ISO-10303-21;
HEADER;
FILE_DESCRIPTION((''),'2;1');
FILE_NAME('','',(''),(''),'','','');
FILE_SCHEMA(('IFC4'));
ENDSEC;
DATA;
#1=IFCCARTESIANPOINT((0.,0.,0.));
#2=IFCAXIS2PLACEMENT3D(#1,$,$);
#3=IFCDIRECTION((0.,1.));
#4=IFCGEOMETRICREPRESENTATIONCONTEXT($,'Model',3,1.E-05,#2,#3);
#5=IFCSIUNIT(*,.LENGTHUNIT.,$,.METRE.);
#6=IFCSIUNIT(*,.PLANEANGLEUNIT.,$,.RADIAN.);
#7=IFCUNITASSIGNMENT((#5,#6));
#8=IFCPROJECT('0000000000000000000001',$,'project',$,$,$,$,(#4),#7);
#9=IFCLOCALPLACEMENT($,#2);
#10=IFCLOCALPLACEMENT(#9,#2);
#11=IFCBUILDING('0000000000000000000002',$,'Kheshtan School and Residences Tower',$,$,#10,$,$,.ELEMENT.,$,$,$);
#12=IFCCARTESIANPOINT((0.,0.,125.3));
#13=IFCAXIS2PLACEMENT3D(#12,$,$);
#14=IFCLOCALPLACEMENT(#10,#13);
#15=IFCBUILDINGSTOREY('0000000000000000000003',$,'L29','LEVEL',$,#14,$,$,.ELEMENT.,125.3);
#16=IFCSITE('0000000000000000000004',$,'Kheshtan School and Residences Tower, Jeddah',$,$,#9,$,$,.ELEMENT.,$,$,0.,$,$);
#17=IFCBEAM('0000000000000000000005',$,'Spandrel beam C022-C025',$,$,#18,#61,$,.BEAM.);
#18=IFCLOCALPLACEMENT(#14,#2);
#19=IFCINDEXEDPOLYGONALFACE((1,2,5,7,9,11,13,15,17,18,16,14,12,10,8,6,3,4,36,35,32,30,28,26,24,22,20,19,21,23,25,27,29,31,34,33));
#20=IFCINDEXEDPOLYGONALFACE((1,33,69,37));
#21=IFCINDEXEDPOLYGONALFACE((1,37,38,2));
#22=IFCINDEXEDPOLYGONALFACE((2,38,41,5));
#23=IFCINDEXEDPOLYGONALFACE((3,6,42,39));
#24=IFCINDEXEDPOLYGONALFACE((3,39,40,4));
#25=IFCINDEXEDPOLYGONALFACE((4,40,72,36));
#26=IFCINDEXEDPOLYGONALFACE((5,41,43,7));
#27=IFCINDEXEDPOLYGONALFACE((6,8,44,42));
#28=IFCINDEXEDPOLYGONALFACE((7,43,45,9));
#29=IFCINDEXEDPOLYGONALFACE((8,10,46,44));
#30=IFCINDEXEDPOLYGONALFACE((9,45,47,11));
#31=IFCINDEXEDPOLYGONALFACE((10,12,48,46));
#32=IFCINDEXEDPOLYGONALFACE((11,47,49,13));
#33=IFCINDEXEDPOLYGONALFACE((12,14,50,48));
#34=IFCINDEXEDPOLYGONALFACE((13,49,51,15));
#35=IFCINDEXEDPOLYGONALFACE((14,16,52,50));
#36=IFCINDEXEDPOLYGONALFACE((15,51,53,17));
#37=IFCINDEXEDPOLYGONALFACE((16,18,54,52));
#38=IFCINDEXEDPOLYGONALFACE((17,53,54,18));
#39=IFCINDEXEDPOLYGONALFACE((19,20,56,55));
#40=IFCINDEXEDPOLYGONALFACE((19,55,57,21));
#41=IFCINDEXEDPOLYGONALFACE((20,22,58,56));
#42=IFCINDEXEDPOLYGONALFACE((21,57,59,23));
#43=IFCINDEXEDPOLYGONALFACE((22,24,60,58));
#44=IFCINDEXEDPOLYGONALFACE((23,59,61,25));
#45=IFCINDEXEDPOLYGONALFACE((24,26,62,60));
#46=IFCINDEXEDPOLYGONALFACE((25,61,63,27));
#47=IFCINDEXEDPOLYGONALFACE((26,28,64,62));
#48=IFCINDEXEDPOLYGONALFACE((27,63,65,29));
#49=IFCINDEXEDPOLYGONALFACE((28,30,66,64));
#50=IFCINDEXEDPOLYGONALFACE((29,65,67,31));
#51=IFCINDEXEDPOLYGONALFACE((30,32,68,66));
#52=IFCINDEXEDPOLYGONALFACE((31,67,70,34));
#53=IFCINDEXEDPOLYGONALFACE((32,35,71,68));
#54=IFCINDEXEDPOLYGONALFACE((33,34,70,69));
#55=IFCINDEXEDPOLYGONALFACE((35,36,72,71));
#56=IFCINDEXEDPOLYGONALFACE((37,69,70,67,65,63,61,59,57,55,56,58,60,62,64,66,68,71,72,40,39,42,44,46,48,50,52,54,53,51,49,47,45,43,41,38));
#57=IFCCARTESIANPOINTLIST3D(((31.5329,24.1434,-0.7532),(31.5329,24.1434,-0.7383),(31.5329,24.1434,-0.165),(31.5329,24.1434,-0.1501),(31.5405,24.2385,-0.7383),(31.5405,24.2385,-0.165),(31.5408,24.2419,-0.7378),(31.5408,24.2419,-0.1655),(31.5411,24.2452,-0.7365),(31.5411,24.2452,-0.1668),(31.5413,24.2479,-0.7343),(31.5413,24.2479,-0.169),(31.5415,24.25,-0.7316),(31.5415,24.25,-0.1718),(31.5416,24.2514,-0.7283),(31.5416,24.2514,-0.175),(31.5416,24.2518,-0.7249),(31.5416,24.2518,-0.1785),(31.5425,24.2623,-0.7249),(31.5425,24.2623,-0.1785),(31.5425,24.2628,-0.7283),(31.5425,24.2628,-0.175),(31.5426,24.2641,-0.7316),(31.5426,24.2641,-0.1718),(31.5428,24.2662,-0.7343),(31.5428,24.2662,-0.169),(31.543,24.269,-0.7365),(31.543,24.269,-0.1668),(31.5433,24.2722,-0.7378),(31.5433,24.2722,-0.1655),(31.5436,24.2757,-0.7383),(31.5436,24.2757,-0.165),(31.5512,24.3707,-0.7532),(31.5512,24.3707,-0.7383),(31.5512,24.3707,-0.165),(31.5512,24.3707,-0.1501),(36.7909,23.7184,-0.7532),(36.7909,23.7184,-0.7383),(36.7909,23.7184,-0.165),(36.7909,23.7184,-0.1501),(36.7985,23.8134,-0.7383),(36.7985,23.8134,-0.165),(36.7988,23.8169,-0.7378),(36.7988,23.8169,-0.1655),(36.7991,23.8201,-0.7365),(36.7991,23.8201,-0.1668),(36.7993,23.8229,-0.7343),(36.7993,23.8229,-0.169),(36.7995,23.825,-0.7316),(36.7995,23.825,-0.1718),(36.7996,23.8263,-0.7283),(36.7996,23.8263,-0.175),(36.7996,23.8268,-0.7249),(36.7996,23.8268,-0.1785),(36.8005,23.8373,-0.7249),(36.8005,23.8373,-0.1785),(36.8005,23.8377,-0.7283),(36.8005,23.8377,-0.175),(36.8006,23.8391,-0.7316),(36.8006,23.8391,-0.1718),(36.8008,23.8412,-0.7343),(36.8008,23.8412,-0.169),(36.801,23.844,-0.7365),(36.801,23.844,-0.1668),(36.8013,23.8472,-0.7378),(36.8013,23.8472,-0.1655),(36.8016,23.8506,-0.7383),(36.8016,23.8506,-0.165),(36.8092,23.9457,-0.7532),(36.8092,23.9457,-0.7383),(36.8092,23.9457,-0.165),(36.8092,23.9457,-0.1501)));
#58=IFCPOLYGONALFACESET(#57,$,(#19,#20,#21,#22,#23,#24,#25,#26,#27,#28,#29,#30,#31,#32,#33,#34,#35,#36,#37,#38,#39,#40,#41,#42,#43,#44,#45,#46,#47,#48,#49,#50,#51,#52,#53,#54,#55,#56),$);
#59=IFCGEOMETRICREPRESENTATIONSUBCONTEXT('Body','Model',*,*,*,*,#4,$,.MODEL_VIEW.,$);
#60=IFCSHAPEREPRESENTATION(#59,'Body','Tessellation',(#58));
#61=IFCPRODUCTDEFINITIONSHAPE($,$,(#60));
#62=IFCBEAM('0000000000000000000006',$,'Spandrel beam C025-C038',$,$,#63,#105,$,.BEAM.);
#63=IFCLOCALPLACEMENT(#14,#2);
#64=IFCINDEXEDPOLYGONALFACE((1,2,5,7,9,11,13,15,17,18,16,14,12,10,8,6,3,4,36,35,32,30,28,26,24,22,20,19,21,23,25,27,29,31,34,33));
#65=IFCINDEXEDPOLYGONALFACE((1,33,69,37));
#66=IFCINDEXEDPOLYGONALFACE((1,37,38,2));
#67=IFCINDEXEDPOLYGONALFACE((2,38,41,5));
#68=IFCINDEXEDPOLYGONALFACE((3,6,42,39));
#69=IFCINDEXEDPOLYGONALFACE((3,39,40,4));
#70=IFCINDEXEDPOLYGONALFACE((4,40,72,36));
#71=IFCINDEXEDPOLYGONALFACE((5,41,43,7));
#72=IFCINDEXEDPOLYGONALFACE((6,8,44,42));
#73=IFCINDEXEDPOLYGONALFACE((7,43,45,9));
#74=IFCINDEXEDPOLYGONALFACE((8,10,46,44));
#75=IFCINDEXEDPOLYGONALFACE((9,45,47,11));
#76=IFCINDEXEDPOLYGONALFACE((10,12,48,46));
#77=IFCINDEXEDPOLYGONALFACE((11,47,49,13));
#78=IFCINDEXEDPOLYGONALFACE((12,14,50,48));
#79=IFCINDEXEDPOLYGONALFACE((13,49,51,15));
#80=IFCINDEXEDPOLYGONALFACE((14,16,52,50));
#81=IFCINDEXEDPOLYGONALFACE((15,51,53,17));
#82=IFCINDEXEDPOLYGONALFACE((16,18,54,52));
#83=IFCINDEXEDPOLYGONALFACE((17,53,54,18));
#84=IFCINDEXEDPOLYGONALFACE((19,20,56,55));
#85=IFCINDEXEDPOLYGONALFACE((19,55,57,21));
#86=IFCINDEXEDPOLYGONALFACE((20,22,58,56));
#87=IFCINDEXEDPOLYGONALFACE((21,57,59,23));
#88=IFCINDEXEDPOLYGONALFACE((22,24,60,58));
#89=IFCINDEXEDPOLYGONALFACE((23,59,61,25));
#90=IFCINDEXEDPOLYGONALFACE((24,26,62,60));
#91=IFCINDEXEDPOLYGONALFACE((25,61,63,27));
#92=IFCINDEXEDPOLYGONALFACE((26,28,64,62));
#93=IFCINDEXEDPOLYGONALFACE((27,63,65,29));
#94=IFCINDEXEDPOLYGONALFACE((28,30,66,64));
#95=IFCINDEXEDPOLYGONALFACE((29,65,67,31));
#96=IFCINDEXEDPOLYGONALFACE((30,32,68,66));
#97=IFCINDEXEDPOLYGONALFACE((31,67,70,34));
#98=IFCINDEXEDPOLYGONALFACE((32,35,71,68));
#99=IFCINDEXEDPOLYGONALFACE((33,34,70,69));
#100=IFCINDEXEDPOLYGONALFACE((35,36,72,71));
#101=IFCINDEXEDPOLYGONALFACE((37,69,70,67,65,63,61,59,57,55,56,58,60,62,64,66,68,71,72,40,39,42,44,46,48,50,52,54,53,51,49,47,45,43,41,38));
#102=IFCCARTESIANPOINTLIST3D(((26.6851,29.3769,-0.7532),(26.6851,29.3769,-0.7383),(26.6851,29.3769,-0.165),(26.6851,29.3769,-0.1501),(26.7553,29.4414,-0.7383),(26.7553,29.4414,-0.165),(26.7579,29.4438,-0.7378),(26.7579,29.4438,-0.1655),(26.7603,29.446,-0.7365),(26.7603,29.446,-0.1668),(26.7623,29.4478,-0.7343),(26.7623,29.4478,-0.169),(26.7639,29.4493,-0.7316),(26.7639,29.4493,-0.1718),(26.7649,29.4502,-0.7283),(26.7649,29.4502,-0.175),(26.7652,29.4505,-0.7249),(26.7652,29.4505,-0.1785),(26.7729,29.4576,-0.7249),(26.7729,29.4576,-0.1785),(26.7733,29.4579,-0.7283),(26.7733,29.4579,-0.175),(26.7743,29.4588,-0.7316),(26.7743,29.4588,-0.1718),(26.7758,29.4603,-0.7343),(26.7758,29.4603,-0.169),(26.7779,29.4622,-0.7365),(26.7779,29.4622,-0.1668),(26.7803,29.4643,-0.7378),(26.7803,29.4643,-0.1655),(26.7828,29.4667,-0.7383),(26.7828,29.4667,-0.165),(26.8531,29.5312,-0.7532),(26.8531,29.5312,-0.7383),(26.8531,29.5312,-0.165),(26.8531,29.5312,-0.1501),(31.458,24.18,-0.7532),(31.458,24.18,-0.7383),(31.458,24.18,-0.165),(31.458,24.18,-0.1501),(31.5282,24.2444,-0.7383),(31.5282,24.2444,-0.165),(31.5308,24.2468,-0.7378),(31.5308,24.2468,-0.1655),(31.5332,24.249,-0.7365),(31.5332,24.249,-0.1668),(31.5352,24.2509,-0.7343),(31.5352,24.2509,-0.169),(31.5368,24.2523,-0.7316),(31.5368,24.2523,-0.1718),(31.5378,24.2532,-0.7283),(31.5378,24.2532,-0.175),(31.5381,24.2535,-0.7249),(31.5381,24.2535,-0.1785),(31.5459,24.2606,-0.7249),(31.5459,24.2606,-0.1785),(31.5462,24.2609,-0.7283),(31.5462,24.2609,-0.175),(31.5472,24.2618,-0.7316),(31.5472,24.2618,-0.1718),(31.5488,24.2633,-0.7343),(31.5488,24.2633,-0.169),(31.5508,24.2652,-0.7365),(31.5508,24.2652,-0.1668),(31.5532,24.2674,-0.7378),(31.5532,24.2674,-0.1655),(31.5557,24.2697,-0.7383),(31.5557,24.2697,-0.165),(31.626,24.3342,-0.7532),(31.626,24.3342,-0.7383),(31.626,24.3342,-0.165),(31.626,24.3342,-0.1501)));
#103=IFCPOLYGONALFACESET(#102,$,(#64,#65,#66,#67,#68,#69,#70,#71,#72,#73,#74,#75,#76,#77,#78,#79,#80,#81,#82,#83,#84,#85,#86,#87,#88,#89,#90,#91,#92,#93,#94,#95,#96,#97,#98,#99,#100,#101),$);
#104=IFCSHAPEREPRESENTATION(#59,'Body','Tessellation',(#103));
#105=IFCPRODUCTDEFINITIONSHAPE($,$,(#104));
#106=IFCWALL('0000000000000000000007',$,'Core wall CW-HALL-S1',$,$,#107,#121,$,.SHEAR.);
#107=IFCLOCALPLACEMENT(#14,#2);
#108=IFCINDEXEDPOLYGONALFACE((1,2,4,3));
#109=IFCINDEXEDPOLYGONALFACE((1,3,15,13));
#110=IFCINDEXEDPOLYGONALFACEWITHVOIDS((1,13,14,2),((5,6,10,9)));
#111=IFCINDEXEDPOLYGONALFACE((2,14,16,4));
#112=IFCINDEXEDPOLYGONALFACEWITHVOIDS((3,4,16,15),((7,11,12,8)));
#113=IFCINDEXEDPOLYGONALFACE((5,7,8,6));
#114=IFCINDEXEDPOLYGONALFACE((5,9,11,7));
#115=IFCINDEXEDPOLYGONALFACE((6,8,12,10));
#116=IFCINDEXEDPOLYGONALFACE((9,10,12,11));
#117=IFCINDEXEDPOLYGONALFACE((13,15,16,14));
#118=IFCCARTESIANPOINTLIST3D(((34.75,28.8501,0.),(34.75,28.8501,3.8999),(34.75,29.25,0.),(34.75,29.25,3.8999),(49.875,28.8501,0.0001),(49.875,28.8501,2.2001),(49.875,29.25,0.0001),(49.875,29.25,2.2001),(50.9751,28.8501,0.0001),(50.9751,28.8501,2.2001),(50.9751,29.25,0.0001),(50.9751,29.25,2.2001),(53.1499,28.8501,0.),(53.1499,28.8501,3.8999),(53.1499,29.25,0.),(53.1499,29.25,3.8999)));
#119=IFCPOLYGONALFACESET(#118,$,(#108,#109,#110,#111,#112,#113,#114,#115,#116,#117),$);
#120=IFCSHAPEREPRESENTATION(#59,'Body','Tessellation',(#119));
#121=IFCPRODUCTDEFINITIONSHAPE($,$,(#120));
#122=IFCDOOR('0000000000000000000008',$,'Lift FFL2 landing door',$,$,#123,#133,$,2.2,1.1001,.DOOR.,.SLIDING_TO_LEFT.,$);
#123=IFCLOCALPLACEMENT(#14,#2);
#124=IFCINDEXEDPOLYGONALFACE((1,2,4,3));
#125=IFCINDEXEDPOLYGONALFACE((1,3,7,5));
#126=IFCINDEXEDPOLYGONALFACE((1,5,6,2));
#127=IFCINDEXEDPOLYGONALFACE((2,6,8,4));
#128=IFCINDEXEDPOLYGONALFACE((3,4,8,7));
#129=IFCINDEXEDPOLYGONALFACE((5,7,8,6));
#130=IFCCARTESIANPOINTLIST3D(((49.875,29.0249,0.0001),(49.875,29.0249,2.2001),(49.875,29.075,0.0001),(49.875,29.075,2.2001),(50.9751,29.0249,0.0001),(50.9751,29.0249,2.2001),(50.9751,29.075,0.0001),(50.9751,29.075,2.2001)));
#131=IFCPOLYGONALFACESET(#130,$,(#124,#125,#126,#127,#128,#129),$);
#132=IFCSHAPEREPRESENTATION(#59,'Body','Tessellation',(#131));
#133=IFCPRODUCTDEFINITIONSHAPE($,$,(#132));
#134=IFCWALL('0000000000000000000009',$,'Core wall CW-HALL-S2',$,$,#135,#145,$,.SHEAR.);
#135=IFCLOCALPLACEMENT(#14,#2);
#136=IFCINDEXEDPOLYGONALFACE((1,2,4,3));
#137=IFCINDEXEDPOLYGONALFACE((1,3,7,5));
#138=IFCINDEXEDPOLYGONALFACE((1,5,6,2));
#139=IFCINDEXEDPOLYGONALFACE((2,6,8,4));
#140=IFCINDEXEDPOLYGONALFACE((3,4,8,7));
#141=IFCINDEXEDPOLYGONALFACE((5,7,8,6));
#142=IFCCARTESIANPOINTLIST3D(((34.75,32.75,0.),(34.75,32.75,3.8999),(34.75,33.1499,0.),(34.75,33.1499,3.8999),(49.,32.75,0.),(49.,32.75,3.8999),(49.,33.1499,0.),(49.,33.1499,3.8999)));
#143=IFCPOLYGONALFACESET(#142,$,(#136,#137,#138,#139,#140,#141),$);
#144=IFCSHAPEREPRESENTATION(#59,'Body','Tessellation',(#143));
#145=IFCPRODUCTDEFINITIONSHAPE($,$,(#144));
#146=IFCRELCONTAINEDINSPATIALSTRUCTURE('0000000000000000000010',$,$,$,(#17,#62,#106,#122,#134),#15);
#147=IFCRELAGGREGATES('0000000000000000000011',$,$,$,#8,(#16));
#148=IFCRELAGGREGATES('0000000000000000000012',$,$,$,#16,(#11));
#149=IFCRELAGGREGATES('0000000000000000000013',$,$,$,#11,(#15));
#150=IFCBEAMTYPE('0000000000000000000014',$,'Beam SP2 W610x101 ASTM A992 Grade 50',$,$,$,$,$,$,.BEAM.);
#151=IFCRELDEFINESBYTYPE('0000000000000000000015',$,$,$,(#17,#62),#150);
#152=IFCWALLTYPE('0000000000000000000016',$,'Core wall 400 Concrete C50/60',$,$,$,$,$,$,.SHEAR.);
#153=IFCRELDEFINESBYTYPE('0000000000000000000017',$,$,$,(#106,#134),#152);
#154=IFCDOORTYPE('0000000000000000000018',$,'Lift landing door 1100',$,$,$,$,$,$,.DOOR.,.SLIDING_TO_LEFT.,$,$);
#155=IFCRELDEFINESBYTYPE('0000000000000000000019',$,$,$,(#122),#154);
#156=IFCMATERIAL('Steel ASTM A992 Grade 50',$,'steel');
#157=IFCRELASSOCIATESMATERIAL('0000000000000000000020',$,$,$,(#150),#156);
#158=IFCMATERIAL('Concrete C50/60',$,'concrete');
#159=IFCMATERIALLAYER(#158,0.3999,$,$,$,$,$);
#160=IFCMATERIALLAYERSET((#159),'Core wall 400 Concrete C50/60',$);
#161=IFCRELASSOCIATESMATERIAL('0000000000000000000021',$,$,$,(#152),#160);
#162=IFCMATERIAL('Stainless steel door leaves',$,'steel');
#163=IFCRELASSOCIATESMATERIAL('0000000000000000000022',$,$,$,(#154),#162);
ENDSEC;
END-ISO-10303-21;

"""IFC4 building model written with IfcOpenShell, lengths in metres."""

from ifc_helpers import new_model, si_unit, direction, frame, frame_2d, origin, origin_2d, place, context, subcontext, project, spatial, rectangle, i_section, extrude, source, transform, mapped, material, layer, layer_set, material_profile, profile_set, type_object, element, fill, save


model = new_model("IFC4")

# Units and contexts
model_context = context("Model", 3, precision=1e-05, world=origin(), true_north=direction((0.0, 1.0)))
body_context = subcontext(model_context, "Body", "Model", "MODEL_VIEW")
ifc_project = project(units=[si_unit("LENGTHUNIT", "METRE"), si_unit("PLANEANGLEUNIT", "RADIAN")], contexts=[model_context])

# Site, building, storey
site_placement = place(None, origin())
site = spatial("IfcSite", under=ifc_project, at=site_placement, Name="Kheshtan School and Residences Tower, Jeddah", CompositionType="ELEMENT", RefElevation=0.0)
building_placement = place(site_placement, origin())
building = spatial("IfcBuilding", under=site, at=building_placement, Name="Kheshtan School and Residences Tower", CompositionType="ELEMENT")
storey_placement = place(building_placement, frame((0.0, 0.0, 125.3)))
storey = spatial("IfcBuildingStorey", under=building, at=storey_placement, Name="L29", Description="LEVEL", CompositionType="ELEMENT", Elevation=125.3)

# Shared definitions
ifc_material_1 = material(Name="Steel ASTM A992 Grade 50", Category="steel")

# Beams
ifc_material_profile_1 = material_profile(ifc_material_1, i_section(OverallWidth=0.228, OverallDepth=0.603, WebThickness=0.0105, FlangeThickness=0.0149, FilletRadius=0.0134, at=origin_2d()), Name="W610x101")
ifc_profile_set_1 = profile_set([ifc_material_profile_1], Name="Steel ASTM A992 Grade 50")
beam_type_1 = type_object("IfcBeamType", Name="Beam SP2 W610x101 ASTM A992 Grade 50", PredefinedType="BEAM", material=ifc_profile_set_1)
beam_1_placement = place(storey_placement, frame((36.8, 23.832, -0.4517), z_axis=(-0.996749, 0.080575, 0.0), x_axis=(-0.080575, -0.996749, 0.0)))
element("IfcBeam", 1, at=beam_1_placement, inside=storey, type_object=beam_type_1, Name="Spandrel beam C022-C025", PredefinedType="BEAM", context=body_context, shape_type="SweptSolid", body=[
    extrude(i_section(OverallWidth=0.228, OverallDepth=0.603, WebThickness=0.0105, FlangeThickness=0.0149, FilletRadius=0.0134, at=origin_2d()), origin(), (0.0, 0.0, 1.0), 5.2751),
])
beam_2_placement = place(storey_placement, frame((31.542, 24.2571, -0.4517), z_axis=(-0.676418, 0.736518, 0.0), x_axis=(-0.736518, -0.676418, 0.0)))
element("IfcBeam", 2, at=beam_2_placement, inside=storey, type_object=beam_type_1, Name="Spandrel beam C025-C038", PredefinedType="BEAM", context=body_context, shape_type="SweptSolid", body=[
    extrude(i_section(OverallWidth=0.228, OverallDepth=0.603, WebThickness=0.0105, FlangeThickness=0.0149, FilletRadius=0.0134, at=origin_2d()), origin(), (0.0, 0.0, 1.0), 7.0562),
])

# Wall, opening, door
ifc_material_2 = material(Name="Concrete C50/60", Category="concrete")
ifc_layer_1 = layer(ifc_material_2, 0.3999)
ifc_layer_set_1 = layer_set([ifc_layer_1], Name="Core wall 400 Concrete C50/60")
wall_type_1 = type_object("IfcWallType", Name="Core wall 400 Concrete C50/60", PredefinedType="SHEAR", material=ifc_layer_set_1)
wall_1_placement = place(storey_placement, frame((34.75, 29.05, 0.0), z_axis=(0.0, 0.0, 1.0), x_axis=(1.0, 0.0, 0.0)))
wall_1 = element("IfcWall", 3, at=wall_1_placement, inside=storey, type_object=wall_type_1, Name="Core wall CW-HALL-S1", PredefinedType="SHEAR", context=body_context, shape_type="SweptSolid", body=[
    extrude(rectangle(XDim=18.3999, YDim=0.3999, at=frame_2d((9.2, 0.0))), origin(), (0.0, 0.0, 1.0), 3.8999),
])
opening_1_placement = place(wall_1_placement, frame((15.125, 0.0, 0.0)))
opening_1 = element("IfcOpeningElement", 4, at=opening_1_placement, cuts=wall_1, PredefinedType="OPENING", context=body_context, shape_type="SweptSolid", body=[
    extrude(rectangle(XDim=1.1001, YDim=2.2, at=frame_2d((0.55, 1.1001))), frame((0.0, 0.21, 0.0), z_axis=(0.0, -1.0, 0.0), x_axis=(1.0, 0.0, 0.0)), (0.0, 0.0, 1.0), 0.4199),
])
ifc_material_3 = material(Name="Stainless steel door leaves", Category="steel")
door_type_1 = type_object("IfcDoorType", Name="Lift landing door 1100", OperationType="SLIDING_TO_LEFT", PredefinedType="DOOR", material=ifc_material_3)
shared_shape_1 = source(origin(), body_context, "Body", "SweptSolid", [
    extrude(rectangle(XDim=1.1001, YDim=2.2, at=frame_2d((0.55, 1.1001))), frame((0.0, 0.0249, 0.0), z_axis=(0.0, -1.0, 0.0), x_axis=(1.0, 0.0, 0.0)), (0.0, 0.0, 1.0), 0.05),
])
door_1_placement = place(opening_1_placement, origin())
door_1 = element("IfcDoor", 5, at=door_1_placement, inside=storey, type_object=door_type_1, Name="Lift FFL2 landing door", OperationType="SLIDING_TO_LEFT", OverallHeight=2.2, OverallWidth=1.1001, PredefinedType="DOOR", context=body_context, shape_type="MappedRepresentation", body=[
    mapped(shared_shape_1, transform((0.0, 0.0, 0.0), x_axis=(1.0, 0.0, 0.0), y_axis=(0.0, 1.0, 0.0), z_axis=(0.0, 0.0, 1.0), scale=1.0)),
])
fill(opening_1, door_1)

# Wall
wall_2_placement = place(storey_placement, frame((34.75, 32.95, 0.0), z_axis=(0.0, 0.0, 1.0), x_axis=(1.0, 0.0, 0.0)))
element("IfcWall", 6, at=wall_2_placement, inside=storey, type_object=wall_type_1, Name="Core wall CW-HALL-S2", PredefinedType="SHEAR", context=body_context, shape_type="SweptSolid", body=[
    extrude(rectangle(XDim=14.25, YDim=0.3999, at=frame_2d((7.125, 0.0))), origin(), (0.0, 0.0, 1.0), 3.8999),
])

save(model, "model.ifc")
